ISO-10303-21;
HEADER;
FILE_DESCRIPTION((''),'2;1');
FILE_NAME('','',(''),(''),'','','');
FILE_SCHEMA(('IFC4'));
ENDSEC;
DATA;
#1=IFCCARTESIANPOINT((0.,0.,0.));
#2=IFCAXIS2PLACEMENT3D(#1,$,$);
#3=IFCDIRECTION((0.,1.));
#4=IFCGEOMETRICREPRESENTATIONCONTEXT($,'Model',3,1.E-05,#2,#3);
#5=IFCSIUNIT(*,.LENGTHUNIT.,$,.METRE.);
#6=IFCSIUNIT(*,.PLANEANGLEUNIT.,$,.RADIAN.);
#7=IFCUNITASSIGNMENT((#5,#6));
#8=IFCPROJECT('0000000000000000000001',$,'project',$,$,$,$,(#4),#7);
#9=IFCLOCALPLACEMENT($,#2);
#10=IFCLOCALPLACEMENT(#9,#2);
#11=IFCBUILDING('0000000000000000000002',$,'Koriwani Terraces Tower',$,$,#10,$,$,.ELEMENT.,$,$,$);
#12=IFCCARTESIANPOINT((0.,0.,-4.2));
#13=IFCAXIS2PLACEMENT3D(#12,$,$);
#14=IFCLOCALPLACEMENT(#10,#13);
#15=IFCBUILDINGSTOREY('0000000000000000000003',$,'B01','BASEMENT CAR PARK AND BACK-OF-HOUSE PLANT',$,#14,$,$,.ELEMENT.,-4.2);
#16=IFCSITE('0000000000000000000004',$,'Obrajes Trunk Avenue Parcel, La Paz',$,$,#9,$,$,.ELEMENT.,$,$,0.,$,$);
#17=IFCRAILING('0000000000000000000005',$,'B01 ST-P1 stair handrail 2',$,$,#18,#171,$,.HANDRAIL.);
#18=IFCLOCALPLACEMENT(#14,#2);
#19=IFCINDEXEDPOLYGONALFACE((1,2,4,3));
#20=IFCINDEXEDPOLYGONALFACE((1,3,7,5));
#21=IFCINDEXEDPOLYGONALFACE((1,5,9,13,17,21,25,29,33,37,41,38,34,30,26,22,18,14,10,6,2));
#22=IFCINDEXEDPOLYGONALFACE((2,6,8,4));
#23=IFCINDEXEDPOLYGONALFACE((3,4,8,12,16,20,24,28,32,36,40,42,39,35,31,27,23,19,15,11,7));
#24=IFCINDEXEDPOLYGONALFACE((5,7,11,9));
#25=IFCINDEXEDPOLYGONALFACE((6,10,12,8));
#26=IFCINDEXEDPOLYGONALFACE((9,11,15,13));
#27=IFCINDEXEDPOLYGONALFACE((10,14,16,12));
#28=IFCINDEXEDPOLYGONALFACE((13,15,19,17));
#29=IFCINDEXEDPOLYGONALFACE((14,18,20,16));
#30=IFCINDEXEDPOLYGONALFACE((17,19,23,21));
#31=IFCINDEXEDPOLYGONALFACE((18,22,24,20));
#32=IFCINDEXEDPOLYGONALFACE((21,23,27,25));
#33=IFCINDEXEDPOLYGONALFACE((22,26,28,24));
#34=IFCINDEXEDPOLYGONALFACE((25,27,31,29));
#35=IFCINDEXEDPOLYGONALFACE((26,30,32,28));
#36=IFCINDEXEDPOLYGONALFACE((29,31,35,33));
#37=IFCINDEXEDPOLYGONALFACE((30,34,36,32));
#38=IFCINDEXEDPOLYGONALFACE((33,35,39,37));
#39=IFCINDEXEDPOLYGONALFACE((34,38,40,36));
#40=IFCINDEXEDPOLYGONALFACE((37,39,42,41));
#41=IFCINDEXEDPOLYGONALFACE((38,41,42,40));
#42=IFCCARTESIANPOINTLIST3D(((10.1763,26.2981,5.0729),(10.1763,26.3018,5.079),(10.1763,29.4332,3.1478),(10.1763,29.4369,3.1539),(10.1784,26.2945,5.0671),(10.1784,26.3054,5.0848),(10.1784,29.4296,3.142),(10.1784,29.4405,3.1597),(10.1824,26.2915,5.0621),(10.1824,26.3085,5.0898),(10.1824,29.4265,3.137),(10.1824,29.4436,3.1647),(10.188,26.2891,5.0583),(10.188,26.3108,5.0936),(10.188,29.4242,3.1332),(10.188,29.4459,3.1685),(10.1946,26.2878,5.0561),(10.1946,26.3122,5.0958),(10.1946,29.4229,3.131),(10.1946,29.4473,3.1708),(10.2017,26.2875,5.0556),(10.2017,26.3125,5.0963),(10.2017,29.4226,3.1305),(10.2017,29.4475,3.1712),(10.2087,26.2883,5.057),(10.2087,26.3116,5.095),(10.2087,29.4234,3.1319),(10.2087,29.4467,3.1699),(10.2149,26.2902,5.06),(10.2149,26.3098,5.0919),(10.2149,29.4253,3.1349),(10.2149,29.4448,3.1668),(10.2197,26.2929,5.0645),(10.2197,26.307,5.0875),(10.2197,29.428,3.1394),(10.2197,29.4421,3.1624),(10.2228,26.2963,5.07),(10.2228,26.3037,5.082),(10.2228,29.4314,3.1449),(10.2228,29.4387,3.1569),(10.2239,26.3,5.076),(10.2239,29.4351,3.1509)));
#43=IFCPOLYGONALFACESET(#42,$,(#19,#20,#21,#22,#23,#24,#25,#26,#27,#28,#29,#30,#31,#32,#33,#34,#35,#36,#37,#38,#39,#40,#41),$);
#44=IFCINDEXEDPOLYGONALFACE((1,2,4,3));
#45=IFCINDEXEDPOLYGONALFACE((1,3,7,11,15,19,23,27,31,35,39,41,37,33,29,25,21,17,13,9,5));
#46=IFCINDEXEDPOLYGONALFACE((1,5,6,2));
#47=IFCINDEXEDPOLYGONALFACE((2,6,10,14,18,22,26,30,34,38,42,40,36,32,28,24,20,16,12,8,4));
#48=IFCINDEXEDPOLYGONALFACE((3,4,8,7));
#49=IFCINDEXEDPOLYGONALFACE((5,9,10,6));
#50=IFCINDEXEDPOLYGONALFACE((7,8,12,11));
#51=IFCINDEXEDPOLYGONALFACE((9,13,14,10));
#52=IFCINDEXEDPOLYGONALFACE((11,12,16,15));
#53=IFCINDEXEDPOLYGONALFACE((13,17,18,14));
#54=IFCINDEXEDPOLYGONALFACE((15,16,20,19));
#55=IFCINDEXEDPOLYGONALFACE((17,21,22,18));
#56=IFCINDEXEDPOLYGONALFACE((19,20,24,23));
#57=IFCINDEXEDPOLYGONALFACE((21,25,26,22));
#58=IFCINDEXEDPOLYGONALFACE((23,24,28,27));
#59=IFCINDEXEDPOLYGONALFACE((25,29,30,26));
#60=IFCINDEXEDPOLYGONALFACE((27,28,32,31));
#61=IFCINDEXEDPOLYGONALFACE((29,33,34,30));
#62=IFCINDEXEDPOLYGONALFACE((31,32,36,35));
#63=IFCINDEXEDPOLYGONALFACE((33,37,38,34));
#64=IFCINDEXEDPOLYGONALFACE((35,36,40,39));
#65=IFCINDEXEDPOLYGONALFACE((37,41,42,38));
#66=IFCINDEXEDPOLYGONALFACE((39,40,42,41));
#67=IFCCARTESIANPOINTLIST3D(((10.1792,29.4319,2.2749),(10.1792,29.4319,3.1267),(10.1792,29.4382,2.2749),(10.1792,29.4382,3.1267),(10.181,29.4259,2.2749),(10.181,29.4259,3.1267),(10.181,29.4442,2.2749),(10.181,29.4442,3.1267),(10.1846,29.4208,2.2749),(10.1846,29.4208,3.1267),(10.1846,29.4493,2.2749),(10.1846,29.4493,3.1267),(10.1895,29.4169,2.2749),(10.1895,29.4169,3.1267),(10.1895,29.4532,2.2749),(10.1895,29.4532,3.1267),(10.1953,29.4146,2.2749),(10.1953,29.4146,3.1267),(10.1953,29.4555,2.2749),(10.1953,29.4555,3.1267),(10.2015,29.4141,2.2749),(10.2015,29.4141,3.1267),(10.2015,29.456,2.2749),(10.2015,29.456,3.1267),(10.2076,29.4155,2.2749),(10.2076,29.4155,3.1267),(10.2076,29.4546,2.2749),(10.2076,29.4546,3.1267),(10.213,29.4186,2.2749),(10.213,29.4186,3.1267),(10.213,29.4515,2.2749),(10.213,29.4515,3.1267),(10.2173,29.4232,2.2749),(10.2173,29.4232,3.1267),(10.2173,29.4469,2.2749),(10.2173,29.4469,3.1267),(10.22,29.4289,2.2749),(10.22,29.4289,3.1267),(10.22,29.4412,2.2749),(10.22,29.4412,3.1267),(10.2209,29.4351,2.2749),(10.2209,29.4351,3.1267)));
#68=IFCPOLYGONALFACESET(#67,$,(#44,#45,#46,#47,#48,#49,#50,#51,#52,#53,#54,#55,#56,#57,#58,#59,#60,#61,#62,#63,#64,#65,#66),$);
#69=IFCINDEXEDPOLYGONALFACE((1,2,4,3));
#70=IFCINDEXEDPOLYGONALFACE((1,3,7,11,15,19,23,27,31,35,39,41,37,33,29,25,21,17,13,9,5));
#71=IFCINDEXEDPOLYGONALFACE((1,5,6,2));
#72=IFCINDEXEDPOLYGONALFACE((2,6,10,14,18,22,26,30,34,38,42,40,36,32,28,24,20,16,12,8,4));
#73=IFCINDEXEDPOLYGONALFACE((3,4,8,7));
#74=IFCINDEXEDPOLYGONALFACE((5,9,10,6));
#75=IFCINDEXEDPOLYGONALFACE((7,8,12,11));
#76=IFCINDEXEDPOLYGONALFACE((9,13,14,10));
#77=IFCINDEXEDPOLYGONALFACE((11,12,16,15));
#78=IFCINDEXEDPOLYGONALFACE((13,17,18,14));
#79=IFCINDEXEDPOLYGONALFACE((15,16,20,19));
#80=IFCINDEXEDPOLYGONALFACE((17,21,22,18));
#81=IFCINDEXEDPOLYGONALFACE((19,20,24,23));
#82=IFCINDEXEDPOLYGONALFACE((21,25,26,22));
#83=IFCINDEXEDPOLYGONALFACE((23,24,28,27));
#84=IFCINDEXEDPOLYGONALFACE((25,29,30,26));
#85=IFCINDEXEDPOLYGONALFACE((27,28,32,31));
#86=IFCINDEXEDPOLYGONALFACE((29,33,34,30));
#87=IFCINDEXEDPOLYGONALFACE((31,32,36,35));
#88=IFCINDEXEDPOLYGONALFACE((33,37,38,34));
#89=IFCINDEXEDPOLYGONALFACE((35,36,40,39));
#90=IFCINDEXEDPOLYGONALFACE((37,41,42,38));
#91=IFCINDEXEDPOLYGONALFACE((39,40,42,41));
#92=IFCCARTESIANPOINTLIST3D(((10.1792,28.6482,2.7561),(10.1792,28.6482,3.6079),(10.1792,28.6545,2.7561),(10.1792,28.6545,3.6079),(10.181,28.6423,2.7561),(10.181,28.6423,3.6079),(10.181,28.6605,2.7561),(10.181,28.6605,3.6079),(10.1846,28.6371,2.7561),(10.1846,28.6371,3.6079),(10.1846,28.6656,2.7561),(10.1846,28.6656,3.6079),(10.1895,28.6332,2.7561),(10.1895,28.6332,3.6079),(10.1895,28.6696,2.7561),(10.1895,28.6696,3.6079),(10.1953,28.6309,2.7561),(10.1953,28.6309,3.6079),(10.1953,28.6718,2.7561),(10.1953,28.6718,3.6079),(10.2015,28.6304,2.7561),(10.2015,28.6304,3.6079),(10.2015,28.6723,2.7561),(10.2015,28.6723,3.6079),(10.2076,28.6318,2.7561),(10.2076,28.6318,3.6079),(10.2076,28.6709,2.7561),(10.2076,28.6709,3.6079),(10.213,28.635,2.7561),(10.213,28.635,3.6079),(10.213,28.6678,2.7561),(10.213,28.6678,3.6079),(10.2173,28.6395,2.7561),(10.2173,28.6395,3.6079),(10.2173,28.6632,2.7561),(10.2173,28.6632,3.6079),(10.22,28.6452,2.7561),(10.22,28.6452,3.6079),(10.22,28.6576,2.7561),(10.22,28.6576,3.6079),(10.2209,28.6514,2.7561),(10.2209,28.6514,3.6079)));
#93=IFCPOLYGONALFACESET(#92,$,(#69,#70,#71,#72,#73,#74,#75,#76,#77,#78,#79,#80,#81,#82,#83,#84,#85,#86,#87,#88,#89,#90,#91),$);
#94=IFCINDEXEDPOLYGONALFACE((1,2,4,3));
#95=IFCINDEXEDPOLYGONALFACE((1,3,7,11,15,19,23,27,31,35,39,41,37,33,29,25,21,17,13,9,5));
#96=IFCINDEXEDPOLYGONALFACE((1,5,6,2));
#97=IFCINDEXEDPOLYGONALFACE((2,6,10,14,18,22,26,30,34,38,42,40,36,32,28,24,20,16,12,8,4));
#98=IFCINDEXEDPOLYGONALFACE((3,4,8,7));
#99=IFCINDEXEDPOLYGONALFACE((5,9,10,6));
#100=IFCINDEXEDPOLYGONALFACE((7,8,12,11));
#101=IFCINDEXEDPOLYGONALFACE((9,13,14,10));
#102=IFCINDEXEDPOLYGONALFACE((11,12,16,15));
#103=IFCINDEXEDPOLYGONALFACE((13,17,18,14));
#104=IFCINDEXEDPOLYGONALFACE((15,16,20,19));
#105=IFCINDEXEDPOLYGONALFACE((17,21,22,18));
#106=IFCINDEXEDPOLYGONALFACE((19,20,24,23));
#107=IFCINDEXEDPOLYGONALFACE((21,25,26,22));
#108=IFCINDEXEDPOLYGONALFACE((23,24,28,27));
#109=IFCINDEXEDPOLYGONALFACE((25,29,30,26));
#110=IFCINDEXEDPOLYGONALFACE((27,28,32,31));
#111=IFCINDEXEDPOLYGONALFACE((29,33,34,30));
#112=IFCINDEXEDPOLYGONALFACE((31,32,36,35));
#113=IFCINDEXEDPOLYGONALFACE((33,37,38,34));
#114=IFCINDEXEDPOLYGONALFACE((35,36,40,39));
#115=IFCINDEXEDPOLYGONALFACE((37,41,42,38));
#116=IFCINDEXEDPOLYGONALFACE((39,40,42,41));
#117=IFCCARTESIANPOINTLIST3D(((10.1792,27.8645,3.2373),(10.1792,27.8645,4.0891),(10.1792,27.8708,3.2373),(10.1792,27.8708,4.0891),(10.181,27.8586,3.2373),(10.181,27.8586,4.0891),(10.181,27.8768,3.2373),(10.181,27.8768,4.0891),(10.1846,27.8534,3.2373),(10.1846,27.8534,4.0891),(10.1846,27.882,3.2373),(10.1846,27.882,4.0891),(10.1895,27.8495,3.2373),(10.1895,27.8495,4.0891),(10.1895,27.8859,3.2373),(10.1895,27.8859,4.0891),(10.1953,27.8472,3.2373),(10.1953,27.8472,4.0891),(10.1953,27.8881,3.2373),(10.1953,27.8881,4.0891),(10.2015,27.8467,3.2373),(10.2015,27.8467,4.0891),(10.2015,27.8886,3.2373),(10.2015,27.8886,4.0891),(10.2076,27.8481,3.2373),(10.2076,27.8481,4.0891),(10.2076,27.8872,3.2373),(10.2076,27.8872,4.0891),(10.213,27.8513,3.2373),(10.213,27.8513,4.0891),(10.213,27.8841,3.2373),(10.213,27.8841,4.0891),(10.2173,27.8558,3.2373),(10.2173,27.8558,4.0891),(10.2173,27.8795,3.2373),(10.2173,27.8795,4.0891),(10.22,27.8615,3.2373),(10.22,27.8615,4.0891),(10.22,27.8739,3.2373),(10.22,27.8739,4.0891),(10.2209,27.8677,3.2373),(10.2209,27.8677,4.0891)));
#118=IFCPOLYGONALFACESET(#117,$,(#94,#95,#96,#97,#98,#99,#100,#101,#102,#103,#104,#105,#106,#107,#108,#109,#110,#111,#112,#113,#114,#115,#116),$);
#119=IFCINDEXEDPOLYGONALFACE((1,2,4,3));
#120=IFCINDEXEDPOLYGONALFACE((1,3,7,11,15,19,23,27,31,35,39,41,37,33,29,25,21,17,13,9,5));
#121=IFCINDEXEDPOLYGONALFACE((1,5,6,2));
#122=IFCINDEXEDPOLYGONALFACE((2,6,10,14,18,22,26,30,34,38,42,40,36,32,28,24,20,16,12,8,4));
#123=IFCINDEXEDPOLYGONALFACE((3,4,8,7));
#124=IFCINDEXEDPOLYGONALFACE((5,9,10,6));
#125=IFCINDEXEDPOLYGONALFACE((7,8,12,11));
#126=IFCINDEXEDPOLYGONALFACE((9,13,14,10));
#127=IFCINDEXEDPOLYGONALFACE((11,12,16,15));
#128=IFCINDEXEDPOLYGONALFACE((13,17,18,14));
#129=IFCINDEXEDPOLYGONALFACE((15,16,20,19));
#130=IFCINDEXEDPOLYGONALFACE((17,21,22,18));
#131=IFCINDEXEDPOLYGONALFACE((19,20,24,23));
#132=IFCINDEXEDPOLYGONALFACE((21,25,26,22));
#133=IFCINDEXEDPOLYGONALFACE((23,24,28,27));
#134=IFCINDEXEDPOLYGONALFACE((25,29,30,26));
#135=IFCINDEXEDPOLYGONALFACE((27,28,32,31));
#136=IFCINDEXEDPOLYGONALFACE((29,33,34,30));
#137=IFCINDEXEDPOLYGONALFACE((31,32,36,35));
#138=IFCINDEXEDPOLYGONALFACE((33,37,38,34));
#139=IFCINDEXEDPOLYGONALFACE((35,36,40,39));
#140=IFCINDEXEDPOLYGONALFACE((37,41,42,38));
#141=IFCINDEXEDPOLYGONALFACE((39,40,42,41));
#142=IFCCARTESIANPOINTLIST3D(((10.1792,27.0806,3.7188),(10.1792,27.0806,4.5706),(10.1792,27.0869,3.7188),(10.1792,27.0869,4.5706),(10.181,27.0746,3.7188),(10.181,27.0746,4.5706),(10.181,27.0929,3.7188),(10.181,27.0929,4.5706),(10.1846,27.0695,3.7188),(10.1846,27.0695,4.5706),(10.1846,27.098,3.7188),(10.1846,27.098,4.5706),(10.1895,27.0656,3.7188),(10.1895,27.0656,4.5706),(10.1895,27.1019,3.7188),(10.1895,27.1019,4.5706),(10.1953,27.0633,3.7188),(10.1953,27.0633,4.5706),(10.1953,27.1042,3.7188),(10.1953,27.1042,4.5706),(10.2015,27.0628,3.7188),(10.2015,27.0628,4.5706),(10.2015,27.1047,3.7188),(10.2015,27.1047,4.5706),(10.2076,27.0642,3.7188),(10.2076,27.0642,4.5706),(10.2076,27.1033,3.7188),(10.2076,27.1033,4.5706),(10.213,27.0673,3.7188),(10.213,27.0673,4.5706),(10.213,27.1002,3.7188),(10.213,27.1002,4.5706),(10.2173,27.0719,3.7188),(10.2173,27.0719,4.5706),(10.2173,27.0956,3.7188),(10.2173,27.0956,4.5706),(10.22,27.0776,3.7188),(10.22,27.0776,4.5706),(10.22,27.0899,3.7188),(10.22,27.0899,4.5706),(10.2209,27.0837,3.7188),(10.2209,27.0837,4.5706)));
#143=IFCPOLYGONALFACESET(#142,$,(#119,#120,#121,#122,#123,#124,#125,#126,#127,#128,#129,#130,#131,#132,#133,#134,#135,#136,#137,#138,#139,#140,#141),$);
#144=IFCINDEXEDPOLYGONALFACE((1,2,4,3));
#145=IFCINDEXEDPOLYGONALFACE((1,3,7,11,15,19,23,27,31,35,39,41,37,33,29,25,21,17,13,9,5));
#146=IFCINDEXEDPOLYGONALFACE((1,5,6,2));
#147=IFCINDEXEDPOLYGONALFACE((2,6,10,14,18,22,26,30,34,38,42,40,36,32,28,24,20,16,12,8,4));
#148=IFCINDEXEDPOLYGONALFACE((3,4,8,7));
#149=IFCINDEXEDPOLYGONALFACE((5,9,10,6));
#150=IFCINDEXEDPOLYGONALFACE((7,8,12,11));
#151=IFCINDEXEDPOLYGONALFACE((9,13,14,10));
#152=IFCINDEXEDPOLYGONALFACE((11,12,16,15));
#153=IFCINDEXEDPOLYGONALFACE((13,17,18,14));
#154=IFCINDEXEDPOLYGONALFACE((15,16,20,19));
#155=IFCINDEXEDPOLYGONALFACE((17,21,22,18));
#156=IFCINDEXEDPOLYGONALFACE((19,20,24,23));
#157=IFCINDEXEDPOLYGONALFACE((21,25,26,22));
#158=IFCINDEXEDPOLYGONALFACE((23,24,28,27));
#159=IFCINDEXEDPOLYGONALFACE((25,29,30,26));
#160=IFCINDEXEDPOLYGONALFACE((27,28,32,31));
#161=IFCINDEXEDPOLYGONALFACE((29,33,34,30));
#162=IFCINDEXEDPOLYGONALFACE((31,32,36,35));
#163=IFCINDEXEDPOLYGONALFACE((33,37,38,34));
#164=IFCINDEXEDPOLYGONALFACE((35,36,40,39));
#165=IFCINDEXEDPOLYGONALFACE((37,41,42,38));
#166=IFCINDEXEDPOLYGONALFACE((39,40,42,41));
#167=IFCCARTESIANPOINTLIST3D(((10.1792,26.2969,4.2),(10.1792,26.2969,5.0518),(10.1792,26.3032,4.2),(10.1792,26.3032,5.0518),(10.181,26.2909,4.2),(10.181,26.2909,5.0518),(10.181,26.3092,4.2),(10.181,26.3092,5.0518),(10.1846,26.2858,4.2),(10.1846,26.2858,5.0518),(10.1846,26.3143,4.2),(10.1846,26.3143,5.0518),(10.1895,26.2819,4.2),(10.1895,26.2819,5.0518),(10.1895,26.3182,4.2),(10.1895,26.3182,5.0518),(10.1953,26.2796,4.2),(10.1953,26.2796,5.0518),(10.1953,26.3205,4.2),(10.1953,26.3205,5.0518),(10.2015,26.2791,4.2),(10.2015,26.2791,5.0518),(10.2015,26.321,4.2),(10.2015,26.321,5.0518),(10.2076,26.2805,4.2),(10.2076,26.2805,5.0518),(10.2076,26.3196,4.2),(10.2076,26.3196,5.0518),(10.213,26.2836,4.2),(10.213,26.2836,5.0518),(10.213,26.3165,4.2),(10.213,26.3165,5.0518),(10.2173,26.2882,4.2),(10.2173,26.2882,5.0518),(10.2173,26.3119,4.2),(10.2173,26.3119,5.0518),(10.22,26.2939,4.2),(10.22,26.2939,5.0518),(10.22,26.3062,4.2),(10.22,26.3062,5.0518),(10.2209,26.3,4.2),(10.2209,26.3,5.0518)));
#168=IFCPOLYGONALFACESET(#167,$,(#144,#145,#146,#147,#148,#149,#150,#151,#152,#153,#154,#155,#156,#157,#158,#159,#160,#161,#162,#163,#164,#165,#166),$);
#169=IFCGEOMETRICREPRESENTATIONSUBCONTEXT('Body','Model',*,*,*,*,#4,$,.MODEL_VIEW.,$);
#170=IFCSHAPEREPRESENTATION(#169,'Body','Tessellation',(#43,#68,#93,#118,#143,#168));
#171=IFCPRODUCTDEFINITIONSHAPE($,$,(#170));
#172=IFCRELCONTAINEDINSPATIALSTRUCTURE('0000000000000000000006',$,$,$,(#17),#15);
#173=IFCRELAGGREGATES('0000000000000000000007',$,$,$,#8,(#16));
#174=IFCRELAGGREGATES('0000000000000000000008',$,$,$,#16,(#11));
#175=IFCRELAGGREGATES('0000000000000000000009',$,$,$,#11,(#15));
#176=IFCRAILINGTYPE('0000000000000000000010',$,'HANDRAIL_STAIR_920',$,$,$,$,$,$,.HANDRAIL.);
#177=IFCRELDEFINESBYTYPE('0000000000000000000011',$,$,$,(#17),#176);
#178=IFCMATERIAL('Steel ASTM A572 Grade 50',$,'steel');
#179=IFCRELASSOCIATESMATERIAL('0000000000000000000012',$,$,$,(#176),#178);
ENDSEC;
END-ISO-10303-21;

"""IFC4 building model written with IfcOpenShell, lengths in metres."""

from ifc_helpers import new_model, si_unit, direction, frame, origin, origin_2d, place, context, subcontext, project, spatial, circle, extrude, material, type_object, element, save


model = new_model("IFC4")

# Units and contexts
model_context = context("Model", 3, precision=1e-05, world=origin(), true_north=direction((0.0, 1.0)))
body_context = subcontext(model_context, "Body", "Model", "MODEL_VIEW")
ifc_project = project(units=[si_unit("LENGTHUNIT", "METRE"), si_unit("PLANEANGLEUNIT", "RADIAN")], contexts=[model_context])

# Site, building, storey
site_placement = place(None, origin())
site = spatial("IfcSite", under=ifc_project, at=site_placement, Name="Obrajes Trunk Avenue Parcel, La Paz", CompositionType="ELEMENT", RefElevation=0.0)
building_placement = place(site_placement, origin())
building = spatial("IfcBuilding", under=site, at=building_placement, Name="Koriwani Terraces Tower", CompositionType="ELEMENT")
storey_placement = place(building_placement, frame((0.0, 0.0, -4.2)))
storey = spatial("IfcBuildingStorey", under=building, at=storey_placement, Name="B01", Description="BASEMENT CAR PARK AND BACK-OF-HOUSE PLANT", CompositionType="ELEMENT", Elevation=-4.2)

# Shared definitions
ifc_material_1 = material(Name="Steel ASTM A572 Grade 50", Category="steel")

# Railing
railing_type_1 = type_object("IfcRailingType", Name="HANDRAIL_STAIR_920", PredefinedType="HANDRAIL", material=ifc_material_1)
railing_1_placement = place(storey_placement, frame((10.2, 29.4351, 2.2749)))
element("IfcRailing", 1, at=railing_1_placement, inside=storey, type_object=railing_type_1, Name="B01 ST-P1 stair handrail 2", PredefinedType="HANDRAIL", context=body_context, shape_type="SweptSolid", body=[
    extrude(circle(Radius=0.0239, at=origin_2d()), frame((0.0, 0.0, 0.876), z_axis=(0.0, -0.852166, 0.523271), x_axis=(1.0, 0.0, 0.0)), (0.0, 0.0, 1.0), 3.679),
    extrude(circle(Radius=0.021, at=origin_2d()), origin(), (0.0, 0.0, 1.0), 0.8518),
    extrude(circle(Radius=0.021, at=origin_2d()), frame((0.0, -0.7837, 0.4812)), (0.0, 0.0, 1.0), 0.8518),
    extrude(circle(Radius=0.021, at=origin_2d()), frame((0.0, -1.5674, 0.9624)), (0.0, 0.0, 1.0), 0.8518),
    extrude(circle(Radius=0.021, at=origin_2d()), frame((0.0, -2.3513, 1.4438)), (0.0, 0.0, 1.0), 0.8518),
    extrude(circle(Radius=0.021, at=origin_2d()), frame((0.0, -3.135, 1.925)), (0.0, 0.0, 1.0), 0.8518),
])

save(model, "model.ifc")
